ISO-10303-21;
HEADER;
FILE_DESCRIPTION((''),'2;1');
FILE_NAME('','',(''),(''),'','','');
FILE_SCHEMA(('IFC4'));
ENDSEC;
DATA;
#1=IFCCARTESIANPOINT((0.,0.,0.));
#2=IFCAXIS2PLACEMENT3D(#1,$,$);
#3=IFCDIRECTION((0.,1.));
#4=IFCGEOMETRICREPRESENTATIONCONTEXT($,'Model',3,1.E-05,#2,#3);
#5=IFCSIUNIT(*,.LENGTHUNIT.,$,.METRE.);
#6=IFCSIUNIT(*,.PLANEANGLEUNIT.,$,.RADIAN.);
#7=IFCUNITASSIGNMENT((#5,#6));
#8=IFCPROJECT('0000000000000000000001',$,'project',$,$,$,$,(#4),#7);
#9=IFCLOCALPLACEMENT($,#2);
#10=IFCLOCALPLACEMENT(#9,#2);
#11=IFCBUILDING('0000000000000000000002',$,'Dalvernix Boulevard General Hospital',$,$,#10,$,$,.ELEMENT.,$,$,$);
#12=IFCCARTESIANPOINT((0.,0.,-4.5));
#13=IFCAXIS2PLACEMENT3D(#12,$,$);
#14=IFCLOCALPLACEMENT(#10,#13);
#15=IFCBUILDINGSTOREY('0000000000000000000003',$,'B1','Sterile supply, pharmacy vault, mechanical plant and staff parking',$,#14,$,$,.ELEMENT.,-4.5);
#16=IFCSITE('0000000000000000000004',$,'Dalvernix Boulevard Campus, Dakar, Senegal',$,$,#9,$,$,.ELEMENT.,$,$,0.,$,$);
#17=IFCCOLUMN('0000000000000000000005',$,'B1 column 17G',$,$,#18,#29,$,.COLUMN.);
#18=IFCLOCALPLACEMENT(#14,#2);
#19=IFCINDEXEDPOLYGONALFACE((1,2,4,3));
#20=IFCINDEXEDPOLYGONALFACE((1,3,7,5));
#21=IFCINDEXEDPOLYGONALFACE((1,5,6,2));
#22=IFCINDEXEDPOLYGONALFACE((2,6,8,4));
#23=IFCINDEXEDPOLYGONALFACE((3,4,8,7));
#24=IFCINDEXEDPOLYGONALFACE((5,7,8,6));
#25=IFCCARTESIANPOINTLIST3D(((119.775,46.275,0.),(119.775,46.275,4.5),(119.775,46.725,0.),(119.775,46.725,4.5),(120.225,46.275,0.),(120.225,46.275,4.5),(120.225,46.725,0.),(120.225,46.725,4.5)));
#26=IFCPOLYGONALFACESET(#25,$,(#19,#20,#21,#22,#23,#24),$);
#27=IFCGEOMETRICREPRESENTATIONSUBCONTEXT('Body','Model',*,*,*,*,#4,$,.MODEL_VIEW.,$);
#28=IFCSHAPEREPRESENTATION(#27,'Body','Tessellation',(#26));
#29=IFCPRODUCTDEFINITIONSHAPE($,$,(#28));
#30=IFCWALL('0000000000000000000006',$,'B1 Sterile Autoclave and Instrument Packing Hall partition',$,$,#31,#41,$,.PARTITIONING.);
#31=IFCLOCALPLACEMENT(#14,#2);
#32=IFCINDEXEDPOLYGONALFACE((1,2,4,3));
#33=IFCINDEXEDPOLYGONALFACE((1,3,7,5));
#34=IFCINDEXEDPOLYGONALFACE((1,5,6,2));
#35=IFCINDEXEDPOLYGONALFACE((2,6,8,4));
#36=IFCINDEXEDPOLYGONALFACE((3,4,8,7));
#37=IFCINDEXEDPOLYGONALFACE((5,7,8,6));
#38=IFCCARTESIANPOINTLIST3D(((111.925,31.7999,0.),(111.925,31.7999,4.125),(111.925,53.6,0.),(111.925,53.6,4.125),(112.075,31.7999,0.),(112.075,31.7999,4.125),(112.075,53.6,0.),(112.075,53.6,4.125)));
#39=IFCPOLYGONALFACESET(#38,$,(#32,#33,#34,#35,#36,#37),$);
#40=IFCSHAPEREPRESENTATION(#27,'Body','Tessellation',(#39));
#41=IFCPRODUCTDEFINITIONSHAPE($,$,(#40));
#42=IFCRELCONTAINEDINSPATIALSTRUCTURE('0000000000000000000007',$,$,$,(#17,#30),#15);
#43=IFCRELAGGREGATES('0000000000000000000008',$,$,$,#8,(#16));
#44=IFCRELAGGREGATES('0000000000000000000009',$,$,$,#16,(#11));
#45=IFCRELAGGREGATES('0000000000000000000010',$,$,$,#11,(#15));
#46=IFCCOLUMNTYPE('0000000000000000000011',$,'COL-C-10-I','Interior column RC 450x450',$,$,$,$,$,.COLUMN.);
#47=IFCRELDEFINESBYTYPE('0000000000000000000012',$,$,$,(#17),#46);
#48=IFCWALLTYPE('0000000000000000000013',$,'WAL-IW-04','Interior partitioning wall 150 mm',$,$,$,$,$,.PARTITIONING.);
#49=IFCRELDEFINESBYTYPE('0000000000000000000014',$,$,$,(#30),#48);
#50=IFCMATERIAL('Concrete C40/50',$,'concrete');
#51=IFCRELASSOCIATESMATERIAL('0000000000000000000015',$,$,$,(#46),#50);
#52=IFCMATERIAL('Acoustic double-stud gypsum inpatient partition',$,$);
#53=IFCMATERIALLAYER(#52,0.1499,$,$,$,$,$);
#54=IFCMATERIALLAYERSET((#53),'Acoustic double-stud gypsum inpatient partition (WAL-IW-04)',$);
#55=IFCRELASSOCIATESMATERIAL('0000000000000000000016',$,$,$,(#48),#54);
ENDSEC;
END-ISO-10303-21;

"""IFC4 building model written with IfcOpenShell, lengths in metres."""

from ifc_helpers import new_model, si_unit, direction, frame, frame_2d, origin, origin_2d, place, context, subcontext, project, spatial, rectangle, extrude, material, layer, layer_set, material_profile, profile_set, type_object, element, save


model = new_model("IFC4")

# Units and contexts
model_context = context("Model", 3, precision=1e-05, world=origin(), true_north=direction((0.0, 1.0)))
body_context = subcontext(model_context, "Body", "Model", "MODEL_VIEW")
ifc_project = project(units=[si_unit("LENGTHUNIT", "METRE"), si_unit("PLANEANGLEUNIT", "RADIAN")], contexts=[model_context])

# Site, building, storey
site_placement = place(None, origin())
site = spatial("IfcSite", under=ifc_project, at=site_placement, Name="Dalvernix Boulevard Campus, Dakar, Senegal", CompositionType="ELEMENT", RefElevation=0.0)
building_placement = place(site_placement, origin())
building = spatial("IfcBuilding", under=site, at=building_placement, Name="Dalvernix Boulevard General Hospital", CompositionType="ELEMENT")
storey_placement = place(building_placement, frame((0.0, 0.0, -4.5)))
storey = spatial("IfcBuildingStorey", under=building, at=storey_placement, Name="B1", Description="Sterile supply, pharmacy vault, mechanical plant and staff parking", CompositionType="ELEMENT", Elevation=-4.5)

# Shared definitions
ifc_material_1 = material(Name="Concrete C40/50", Category="concrete")

# Column
ifc_material_profile_1 = material_profile(ifc_material_1, rectangle(XDim=0.45, YDim=0.45, at=origin_2d()), Name="RC 450x450")
ifc_profile_set_1 = profile_set([ifc_material_profile_1], Name="Concrete C40/50")
column_type_1 = type_object("IfcColumnType", Name="COL-C-10-I", Description="Interior column RC 450x450", PredefinedType="COLUMN", material=ifc_profile_set_1)
for number, where, z_axis, x_axis, name in (
    (1, (120.0, 46.5, 0.0), (0.0, 0.0, 1.0), (1.0, 0.0, 0.0), "B1 column 17G"),
):
    element("IfcColumn", number, at=place(storey_placement, frame(where, z_axis=z_axis, x_axis=x_axis)), inside=storey, type_object=column_type_1, Name=name, PredefinedType="COLUMN", context=body_context, shape_type="SweptSolid", body=[
        extrude(rectangle(XDim=0.45, YDim=0.45, at=origin_2d()), origin(), (0.0, 0.0, 1.0), 4.5),
    ])

# Wall
ifc_material_2 = material(Name="Acoustic double-stud gypsum inpatient partition")
ifc_layer = layer(ifc_material_2, 0.1499)
ifc_layer_set = layer_set([ifc_layer], Name="Acoustic double-stud gypsum inpatient partition (WAL-IW-04)")
wall_type = type_object("IfcWallType", Name="WAL-IW-04", Description="Interior partitioning wall 150 mm", PredefinedType="PARTITIONING", material=ifc_layer_set)
wall_placement = place(storey_placement, frame((112.0, 31.8, 0.0), z_axis=(0.0, 0.0, 1.0), x_axis=(0.0, 1.0, 0.0)))
element("IfcWall", 2, at=wall_placement, inside=storey, type_object=wall_type, Name="B1 Sterile Autoclave and Instrument Packing Hall partition", PredefinedType="PARTITIONING", context=body_context, shape_type="SweptSolid", body=[
    extrude(rectangle(XDim=21.8, YDim=0.1499, at=frame_2d((10.8999, 0.0))), origin(), (0.0, 0.0, 1.0), 4.125),
])

save(model, "model.ifc")
